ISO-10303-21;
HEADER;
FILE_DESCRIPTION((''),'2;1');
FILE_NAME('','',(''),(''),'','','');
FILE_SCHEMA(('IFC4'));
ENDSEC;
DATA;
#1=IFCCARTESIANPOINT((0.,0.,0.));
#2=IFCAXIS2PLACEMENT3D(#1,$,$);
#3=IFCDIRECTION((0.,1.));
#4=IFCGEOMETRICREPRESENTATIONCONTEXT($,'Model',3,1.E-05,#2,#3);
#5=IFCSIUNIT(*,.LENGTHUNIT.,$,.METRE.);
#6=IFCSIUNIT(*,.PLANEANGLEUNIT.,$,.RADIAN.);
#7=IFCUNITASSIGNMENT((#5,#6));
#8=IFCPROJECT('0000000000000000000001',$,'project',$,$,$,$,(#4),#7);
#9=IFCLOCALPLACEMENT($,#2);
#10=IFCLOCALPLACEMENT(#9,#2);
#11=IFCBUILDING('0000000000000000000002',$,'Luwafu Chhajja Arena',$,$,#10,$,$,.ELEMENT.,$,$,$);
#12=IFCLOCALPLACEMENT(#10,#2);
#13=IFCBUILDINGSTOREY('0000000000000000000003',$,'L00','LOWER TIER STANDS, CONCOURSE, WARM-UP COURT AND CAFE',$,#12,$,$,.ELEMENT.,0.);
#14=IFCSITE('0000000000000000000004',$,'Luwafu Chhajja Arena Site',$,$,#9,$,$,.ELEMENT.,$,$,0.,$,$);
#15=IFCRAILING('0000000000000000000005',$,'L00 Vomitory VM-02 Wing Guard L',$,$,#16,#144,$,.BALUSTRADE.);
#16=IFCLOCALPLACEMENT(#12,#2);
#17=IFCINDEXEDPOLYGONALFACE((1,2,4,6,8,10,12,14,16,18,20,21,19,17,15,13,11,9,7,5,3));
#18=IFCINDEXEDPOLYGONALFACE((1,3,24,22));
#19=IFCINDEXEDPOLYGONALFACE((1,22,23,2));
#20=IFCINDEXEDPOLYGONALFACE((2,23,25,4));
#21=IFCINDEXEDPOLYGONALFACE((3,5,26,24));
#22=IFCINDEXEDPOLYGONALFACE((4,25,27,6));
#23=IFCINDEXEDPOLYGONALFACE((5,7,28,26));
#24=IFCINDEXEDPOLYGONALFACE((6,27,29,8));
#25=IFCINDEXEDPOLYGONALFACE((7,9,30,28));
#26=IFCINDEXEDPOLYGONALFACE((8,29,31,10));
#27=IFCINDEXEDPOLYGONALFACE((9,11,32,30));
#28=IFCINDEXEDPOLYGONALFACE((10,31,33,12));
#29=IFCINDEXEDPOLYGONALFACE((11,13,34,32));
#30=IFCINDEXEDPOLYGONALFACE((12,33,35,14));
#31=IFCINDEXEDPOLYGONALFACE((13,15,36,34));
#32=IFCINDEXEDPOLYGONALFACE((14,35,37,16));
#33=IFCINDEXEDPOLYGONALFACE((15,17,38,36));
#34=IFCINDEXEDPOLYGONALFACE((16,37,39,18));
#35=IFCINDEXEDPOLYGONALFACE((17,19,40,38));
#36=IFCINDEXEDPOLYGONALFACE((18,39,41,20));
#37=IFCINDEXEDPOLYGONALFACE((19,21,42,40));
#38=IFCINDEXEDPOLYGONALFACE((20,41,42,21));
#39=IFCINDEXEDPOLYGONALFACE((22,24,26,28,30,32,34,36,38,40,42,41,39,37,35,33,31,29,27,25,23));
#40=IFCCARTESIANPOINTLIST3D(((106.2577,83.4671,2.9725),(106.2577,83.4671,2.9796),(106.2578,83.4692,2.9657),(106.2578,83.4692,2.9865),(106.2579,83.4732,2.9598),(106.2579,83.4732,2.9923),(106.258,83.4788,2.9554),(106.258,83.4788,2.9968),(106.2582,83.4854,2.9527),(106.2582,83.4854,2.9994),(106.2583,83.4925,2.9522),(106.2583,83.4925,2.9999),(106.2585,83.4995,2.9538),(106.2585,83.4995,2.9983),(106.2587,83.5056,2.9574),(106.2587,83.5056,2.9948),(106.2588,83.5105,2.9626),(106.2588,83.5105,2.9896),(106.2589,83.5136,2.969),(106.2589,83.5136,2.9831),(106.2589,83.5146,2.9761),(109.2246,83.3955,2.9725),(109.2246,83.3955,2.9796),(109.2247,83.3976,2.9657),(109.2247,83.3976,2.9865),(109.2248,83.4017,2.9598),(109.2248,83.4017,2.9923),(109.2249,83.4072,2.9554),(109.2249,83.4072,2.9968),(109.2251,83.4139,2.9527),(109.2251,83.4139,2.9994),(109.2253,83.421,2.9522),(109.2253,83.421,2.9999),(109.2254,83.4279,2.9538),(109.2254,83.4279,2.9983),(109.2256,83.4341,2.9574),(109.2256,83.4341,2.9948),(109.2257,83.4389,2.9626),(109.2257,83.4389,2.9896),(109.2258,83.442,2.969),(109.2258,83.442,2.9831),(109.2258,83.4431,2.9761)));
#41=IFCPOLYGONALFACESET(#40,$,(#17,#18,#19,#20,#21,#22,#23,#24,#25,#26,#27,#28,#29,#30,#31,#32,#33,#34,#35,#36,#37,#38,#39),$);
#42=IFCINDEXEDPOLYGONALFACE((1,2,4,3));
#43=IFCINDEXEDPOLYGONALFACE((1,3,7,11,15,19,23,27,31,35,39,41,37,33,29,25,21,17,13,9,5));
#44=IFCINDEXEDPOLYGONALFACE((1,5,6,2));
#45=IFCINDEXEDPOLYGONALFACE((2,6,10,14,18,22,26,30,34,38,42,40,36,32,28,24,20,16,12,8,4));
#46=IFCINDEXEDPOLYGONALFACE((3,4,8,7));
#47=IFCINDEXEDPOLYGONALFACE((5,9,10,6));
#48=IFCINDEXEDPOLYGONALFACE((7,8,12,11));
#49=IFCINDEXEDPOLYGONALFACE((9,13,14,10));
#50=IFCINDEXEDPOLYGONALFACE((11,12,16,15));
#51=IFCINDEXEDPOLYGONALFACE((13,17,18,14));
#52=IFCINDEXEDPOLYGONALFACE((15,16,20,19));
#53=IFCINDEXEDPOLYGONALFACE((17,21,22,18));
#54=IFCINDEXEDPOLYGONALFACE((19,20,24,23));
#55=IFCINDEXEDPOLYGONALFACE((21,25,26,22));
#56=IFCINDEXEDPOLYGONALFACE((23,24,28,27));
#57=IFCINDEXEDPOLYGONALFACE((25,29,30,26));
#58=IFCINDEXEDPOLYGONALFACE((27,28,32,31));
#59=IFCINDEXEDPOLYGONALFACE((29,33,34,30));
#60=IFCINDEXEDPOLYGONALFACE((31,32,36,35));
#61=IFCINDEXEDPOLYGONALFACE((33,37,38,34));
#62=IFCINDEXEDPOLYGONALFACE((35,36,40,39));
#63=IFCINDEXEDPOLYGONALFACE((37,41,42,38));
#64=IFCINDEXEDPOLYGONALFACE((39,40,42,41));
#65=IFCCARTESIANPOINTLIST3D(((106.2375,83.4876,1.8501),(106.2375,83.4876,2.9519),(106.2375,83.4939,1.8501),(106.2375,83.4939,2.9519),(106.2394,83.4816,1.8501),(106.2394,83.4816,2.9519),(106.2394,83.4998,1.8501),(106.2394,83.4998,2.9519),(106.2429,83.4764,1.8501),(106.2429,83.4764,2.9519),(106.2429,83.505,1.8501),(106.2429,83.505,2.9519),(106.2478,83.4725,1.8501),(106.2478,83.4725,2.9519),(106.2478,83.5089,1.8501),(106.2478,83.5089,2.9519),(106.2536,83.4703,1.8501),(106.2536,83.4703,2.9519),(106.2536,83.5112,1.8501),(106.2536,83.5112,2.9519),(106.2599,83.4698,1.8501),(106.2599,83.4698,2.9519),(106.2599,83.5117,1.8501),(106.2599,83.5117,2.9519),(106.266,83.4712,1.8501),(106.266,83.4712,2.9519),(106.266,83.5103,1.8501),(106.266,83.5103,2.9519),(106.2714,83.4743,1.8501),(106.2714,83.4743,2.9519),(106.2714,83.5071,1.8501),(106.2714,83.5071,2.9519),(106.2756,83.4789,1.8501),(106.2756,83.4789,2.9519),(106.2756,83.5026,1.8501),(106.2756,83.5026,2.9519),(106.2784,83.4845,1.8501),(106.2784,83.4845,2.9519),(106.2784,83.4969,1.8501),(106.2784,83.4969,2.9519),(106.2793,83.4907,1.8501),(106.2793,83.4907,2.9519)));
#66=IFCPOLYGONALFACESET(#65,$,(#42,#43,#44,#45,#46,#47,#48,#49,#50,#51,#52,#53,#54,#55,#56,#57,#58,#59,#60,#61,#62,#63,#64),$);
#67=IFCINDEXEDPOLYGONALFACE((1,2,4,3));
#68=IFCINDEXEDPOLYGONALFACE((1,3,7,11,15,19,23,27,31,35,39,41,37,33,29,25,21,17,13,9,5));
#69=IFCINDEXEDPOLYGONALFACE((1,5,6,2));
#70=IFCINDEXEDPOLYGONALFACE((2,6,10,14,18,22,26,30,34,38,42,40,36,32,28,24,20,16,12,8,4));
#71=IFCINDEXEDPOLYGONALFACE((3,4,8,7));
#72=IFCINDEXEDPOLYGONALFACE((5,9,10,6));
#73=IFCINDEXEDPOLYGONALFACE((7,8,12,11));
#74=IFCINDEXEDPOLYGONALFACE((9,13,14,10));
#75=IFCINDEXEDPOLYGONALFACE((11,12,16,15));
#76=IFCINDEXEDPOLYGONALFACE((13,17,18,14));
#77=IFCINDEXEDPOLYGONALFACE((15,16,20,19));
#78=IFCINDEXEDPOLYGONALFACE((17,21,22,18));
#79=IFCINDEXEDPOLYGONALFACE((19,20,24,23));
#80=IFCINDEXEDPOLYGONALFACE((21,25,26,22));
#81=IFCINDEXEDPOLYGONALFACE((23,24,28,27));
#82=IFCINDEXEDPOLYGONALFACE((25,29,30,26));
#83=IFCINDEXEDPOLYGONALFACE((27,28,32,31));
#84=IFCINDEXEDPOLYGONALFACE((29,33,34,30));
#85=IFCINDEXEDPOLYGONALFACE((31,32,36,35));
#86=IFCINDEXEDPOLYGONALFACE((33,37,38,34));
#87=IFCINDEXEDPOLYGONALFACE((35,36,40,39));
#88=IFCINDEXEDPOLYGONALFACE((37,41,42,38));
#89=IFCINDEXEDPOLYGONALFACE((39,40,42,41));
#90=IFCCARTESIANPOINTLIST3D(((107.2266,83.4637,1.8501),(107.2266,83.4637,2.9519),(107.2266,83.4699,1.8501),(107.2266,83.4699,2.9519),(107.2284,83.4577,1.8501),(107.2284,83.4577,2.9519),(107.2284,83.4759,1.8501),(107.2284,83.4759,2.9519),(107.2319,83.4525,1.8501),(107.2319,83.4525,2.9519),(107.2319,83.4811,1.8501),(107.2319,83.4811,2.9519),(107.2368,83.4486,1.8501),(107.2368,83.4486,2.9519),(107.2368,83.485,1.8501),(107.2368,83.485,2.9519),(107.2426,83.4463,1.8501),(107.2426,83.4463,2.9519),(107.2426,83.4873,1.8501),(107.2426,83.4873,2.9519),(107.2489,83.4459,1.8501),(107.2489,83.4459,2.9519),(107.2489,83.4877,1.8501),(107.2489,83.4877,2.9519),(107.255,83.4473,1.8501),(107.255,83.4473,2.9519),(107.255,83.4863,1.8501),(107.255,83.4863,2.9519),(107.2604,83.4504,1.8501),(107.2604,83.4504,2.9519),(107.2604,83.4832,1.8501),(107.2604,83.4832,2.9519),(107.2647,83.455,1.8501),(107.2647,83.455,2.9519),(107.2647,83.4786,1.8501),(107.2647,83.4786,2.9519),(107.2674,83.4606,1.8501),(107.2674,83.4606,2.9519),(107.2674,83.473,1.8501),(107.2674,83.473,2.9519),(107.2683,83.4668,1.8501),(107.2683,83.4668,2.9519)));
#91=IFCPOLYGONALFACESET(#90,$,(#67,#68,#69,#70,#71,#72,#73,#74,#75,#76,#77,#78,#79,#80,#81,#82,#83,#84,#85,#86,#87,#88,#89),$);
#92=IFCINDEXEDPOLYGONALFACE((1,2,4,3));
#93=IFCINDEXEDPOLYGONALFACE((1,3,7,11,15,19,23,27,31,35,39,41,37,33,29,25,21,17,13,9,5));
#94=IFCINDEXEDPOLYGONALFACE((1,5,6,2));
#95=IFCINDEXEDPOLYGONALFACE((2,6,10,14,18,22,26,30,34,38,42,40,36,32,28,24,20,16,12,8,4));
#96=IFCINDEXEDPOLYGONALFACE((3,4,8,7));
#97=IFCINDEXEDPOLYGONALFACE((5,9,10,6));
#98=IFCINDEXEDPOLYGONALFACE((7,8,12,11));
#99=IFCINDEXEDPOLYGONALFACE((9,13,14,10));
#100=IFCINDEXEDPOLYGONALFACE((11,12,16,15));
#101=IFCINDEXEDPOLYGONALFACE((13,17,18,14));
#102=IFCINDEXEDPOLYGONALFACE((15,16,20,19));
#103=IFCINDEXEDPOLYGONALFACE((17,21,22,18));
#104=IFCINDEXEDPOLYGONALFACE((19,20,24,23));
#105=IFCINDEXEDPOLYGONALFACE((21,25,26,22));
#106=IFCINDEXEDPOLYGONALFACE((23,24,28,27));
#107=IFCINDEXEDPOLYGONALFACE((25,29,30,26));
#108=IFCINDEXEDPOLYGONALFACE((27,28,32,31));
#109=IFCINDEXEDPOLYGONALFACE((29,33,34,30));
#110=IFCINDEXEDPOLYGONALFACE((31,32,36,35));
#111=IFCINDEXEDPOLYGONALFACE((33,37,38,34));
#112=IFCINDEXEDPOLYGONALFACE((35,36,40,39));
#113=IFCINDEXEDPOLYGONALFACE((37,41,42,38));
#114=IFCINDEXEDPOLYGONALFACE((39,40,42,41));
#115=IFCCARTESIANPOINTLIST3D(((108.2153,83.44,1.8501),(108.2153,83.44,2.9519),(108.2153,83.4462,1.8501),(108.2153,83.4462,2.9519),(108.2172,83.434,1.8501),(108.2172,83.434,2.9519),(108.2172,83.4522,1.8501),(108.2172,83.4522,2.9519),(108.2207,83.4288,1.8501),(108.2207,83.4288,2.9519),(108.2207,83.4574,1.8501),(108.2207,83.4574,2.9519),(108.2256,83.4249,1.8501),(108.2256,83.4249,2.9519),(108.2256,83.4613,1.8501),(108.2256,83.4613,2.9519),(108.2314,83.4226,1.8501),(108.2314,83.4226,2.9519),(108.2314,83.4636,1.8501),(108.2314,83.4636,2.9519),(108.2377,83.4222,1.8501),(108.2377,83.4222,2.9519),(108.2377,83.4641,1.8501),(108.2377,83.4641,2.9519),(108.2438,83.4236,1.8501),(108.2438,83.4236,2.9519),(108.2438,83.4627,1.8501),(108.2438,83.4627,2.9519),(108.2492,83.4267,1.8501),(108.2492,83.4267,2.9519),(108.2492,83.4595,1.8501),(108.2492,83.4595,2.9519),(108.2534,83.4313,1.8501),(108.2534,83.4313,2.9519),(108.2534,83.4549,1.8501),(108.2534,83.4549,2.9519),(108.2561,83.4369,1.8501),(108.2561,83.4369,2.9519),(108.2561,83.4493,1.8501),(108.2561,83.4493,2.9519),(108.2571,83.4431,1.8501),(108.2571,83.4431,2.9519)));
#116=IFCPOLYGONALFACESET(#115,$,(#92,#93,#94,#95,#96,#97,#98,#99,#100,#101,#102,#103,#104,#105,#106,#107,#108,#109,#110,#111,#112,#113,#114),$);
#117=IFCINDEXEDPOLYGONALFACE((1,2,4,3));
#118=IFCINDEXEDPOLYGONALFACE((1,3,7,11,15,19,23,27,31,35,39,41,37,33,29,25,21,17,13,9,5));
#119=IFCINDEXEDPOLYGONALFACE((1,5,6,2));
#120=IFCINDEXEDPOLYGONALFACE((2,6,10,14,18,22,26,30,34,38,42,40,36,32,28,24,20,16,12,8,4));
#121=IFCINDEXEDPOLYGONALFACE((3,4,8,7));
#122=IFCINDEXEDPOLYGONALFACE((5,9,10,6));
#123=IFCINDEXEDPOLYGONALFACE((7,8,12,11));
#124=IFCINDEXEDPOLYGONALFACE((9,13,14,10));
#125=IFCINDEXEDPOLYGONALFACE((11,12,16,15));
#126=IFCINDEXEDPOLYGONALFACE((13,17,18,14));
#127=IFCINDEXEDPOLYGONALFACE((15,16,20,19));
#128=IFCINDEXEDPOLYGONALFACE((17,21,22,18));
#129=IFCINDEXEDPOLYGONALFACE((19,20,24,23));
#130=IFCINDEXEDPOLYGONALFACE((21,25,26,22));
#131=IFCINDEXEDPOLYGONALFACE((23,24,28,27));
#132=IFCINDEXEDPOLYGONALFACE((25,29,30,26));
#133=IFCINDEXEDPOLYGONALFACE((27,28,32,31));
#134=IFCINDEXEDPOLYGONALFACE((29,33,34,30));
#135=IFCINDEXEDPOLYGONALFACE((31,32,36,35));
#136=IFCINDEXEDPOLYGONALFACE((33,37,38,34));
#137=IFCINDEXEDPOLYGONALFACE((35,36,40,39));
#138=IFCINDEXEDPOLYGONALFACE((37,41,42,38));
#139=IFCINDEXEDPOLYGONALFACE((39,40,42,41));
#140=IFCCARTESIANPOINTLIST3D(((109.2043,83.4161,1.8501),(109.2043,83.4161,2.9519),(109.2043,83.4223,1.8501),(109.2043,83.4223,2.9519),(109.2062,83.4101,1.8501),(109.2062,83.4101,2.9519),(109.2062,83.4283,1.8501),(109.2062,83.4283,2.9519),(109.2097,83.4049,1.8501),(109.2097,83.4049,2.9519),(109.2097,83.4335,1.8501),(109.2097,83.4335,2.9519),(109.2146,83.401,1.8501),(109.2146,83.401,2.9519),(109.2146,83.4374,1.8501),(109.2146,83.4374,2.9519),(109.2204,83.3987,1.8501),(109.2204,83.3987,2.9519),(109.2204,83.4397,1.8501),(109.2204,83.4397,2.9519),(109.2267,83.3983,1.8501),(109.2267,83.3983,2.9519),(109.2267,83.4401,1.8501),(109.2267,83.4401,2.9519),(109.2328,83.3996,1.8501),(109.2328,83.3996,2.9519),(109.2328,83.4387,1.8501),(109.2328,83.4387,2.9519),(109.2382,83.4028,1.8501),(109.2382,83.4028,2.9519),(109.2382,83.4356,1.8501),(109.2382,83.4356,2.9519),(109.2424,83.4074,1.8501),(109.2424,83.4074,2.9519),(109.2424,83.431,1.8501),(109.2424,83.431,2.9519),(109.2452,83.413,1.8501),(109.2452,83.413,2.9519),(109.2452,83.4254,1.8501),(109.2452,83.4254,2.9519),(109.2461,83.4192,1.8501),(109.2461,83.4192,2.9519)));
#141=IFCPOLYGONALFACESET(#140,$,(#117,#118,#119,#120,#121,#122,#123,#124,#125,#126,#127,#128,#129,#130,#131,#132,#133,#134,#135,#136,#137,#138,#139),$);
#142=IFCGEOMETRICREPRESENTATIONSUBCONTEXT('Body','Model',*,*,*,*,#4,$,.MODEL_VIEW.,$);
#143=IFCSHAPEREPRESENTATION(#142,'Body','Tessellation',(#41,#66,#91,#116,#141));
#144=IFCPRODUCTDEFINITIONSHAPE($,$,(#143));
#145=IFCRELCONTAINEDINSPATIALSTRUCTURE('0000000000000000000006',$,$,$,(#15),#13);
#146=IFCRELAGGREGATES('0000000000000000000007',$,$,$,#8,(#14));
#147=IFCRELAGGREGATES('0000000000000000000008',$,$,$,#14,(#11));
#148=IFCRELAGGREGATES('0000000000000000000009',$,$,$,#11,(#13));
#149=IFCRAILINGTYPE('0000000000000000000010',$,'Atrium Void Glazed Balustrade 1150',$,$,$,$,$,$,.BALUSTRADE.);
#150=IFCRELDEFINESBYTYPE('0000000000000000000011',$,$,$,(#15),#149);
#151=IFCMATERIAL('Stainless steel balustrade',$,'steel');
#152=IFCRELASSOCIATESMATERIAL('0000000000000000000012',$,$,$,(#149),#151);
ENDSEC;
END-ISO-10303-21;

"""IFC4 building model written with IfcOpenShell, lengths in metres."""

from ifc_helpers import new_model, si_unit, direction, frame, origin, origin_2d, place, context, subcontext, project, spatial, circle, extrude, material, type_object, element, save


model = new_model("IFC4")

# Units and contexts
model_context = context("Model", 3, precision=1e-05, world=origin(), true_north=direction((0.0, 1.0)))
body_context = subcontext(model_context, "Body", "Model", "MODEL_VIEW")
ifc_project = project(units=[si_unit("LENGTHUNIT", "METRE"), si_unit("PLANEANGLEUNIT", "RADIAN")], contexts=[model_context])

# Site, building, storey
site_placement = place(None, origin())
site = spatial("IfcSite", under=ifc_project, at=site_placement, Name="Luwafu Chhajja Arena Site", CompositionType="ELEMENT", RefElevation=0.0)
building_placement = place(site_placement, origin())
building = spatial("IfcBuilding", under=site, at=building_placement, Name="Luwafu Chhajja Arena", CompositionType="ELEMENT")
storey_placement = place(building_placement, origin())
storey = spatial("IfcBuildingStorey", under=building, at=storey_placement, Name="L00", Description="LOWER TIER STANDS, CONCOURSE, WARM-UP COURT AND CAFE", CompositionType="ELEMENT", Elevation=0.0)

# Railing
ifc_material_1 = material(Name="Stainless steel balustrade", Category="steel")
railing_type_1 = type_object("IfcRailingType", Name="Atrium Void Glazed Balustrade 1150", PredefinedType="BALUSTRADE", material=ifc_material_1)
for number, where, name in (
    (1, (106.2583, 83.4907, 1.8501), "L00 Vomitory VM-02 Wing Guard L"),
):
    element("IfcRailing", number, at=place(storey_placement, frame(where)), inside=storey, type_object=railing_type_1, Name=name, PredefinedType="BALUSTRADE", context=body_context, shape_type="SweptSolid", body=[
        extrude(circle(Radius=0.0239, at=origin_2d()), frame((0.0, 0.0, 1.126), z_axis=(0.999709, -0.024104, 0.0), x_axis=(0.024104, 0.999709, 0.0)), (0.0, 0.0, 1.0), 2.9678),
        extrude(circle(Radius=0.021, at=origin_2d()), origin(), (0.0, 0.0, 1.0), 1.1018),
        extrude(circle(Radius=0.021, at=origin_2d()), frame((0.989, -0.0239, 0.0)), (0.0, 0.0, 1.0), 1.1018),
        extrude(circle(Radius=0.021, at=origin_2d()), frame((1.9778, -0.0476, 0.0)), (0.0, 0.0, 1.0), 1.1018),
        extrude(circle(Radius=0.021, at=origin_2d()), frame((2.9668, -0.0715, 0.0)), (0.0, 0.0, 1.0), 1.1018),
    ])

save(model, "model.ifc")
